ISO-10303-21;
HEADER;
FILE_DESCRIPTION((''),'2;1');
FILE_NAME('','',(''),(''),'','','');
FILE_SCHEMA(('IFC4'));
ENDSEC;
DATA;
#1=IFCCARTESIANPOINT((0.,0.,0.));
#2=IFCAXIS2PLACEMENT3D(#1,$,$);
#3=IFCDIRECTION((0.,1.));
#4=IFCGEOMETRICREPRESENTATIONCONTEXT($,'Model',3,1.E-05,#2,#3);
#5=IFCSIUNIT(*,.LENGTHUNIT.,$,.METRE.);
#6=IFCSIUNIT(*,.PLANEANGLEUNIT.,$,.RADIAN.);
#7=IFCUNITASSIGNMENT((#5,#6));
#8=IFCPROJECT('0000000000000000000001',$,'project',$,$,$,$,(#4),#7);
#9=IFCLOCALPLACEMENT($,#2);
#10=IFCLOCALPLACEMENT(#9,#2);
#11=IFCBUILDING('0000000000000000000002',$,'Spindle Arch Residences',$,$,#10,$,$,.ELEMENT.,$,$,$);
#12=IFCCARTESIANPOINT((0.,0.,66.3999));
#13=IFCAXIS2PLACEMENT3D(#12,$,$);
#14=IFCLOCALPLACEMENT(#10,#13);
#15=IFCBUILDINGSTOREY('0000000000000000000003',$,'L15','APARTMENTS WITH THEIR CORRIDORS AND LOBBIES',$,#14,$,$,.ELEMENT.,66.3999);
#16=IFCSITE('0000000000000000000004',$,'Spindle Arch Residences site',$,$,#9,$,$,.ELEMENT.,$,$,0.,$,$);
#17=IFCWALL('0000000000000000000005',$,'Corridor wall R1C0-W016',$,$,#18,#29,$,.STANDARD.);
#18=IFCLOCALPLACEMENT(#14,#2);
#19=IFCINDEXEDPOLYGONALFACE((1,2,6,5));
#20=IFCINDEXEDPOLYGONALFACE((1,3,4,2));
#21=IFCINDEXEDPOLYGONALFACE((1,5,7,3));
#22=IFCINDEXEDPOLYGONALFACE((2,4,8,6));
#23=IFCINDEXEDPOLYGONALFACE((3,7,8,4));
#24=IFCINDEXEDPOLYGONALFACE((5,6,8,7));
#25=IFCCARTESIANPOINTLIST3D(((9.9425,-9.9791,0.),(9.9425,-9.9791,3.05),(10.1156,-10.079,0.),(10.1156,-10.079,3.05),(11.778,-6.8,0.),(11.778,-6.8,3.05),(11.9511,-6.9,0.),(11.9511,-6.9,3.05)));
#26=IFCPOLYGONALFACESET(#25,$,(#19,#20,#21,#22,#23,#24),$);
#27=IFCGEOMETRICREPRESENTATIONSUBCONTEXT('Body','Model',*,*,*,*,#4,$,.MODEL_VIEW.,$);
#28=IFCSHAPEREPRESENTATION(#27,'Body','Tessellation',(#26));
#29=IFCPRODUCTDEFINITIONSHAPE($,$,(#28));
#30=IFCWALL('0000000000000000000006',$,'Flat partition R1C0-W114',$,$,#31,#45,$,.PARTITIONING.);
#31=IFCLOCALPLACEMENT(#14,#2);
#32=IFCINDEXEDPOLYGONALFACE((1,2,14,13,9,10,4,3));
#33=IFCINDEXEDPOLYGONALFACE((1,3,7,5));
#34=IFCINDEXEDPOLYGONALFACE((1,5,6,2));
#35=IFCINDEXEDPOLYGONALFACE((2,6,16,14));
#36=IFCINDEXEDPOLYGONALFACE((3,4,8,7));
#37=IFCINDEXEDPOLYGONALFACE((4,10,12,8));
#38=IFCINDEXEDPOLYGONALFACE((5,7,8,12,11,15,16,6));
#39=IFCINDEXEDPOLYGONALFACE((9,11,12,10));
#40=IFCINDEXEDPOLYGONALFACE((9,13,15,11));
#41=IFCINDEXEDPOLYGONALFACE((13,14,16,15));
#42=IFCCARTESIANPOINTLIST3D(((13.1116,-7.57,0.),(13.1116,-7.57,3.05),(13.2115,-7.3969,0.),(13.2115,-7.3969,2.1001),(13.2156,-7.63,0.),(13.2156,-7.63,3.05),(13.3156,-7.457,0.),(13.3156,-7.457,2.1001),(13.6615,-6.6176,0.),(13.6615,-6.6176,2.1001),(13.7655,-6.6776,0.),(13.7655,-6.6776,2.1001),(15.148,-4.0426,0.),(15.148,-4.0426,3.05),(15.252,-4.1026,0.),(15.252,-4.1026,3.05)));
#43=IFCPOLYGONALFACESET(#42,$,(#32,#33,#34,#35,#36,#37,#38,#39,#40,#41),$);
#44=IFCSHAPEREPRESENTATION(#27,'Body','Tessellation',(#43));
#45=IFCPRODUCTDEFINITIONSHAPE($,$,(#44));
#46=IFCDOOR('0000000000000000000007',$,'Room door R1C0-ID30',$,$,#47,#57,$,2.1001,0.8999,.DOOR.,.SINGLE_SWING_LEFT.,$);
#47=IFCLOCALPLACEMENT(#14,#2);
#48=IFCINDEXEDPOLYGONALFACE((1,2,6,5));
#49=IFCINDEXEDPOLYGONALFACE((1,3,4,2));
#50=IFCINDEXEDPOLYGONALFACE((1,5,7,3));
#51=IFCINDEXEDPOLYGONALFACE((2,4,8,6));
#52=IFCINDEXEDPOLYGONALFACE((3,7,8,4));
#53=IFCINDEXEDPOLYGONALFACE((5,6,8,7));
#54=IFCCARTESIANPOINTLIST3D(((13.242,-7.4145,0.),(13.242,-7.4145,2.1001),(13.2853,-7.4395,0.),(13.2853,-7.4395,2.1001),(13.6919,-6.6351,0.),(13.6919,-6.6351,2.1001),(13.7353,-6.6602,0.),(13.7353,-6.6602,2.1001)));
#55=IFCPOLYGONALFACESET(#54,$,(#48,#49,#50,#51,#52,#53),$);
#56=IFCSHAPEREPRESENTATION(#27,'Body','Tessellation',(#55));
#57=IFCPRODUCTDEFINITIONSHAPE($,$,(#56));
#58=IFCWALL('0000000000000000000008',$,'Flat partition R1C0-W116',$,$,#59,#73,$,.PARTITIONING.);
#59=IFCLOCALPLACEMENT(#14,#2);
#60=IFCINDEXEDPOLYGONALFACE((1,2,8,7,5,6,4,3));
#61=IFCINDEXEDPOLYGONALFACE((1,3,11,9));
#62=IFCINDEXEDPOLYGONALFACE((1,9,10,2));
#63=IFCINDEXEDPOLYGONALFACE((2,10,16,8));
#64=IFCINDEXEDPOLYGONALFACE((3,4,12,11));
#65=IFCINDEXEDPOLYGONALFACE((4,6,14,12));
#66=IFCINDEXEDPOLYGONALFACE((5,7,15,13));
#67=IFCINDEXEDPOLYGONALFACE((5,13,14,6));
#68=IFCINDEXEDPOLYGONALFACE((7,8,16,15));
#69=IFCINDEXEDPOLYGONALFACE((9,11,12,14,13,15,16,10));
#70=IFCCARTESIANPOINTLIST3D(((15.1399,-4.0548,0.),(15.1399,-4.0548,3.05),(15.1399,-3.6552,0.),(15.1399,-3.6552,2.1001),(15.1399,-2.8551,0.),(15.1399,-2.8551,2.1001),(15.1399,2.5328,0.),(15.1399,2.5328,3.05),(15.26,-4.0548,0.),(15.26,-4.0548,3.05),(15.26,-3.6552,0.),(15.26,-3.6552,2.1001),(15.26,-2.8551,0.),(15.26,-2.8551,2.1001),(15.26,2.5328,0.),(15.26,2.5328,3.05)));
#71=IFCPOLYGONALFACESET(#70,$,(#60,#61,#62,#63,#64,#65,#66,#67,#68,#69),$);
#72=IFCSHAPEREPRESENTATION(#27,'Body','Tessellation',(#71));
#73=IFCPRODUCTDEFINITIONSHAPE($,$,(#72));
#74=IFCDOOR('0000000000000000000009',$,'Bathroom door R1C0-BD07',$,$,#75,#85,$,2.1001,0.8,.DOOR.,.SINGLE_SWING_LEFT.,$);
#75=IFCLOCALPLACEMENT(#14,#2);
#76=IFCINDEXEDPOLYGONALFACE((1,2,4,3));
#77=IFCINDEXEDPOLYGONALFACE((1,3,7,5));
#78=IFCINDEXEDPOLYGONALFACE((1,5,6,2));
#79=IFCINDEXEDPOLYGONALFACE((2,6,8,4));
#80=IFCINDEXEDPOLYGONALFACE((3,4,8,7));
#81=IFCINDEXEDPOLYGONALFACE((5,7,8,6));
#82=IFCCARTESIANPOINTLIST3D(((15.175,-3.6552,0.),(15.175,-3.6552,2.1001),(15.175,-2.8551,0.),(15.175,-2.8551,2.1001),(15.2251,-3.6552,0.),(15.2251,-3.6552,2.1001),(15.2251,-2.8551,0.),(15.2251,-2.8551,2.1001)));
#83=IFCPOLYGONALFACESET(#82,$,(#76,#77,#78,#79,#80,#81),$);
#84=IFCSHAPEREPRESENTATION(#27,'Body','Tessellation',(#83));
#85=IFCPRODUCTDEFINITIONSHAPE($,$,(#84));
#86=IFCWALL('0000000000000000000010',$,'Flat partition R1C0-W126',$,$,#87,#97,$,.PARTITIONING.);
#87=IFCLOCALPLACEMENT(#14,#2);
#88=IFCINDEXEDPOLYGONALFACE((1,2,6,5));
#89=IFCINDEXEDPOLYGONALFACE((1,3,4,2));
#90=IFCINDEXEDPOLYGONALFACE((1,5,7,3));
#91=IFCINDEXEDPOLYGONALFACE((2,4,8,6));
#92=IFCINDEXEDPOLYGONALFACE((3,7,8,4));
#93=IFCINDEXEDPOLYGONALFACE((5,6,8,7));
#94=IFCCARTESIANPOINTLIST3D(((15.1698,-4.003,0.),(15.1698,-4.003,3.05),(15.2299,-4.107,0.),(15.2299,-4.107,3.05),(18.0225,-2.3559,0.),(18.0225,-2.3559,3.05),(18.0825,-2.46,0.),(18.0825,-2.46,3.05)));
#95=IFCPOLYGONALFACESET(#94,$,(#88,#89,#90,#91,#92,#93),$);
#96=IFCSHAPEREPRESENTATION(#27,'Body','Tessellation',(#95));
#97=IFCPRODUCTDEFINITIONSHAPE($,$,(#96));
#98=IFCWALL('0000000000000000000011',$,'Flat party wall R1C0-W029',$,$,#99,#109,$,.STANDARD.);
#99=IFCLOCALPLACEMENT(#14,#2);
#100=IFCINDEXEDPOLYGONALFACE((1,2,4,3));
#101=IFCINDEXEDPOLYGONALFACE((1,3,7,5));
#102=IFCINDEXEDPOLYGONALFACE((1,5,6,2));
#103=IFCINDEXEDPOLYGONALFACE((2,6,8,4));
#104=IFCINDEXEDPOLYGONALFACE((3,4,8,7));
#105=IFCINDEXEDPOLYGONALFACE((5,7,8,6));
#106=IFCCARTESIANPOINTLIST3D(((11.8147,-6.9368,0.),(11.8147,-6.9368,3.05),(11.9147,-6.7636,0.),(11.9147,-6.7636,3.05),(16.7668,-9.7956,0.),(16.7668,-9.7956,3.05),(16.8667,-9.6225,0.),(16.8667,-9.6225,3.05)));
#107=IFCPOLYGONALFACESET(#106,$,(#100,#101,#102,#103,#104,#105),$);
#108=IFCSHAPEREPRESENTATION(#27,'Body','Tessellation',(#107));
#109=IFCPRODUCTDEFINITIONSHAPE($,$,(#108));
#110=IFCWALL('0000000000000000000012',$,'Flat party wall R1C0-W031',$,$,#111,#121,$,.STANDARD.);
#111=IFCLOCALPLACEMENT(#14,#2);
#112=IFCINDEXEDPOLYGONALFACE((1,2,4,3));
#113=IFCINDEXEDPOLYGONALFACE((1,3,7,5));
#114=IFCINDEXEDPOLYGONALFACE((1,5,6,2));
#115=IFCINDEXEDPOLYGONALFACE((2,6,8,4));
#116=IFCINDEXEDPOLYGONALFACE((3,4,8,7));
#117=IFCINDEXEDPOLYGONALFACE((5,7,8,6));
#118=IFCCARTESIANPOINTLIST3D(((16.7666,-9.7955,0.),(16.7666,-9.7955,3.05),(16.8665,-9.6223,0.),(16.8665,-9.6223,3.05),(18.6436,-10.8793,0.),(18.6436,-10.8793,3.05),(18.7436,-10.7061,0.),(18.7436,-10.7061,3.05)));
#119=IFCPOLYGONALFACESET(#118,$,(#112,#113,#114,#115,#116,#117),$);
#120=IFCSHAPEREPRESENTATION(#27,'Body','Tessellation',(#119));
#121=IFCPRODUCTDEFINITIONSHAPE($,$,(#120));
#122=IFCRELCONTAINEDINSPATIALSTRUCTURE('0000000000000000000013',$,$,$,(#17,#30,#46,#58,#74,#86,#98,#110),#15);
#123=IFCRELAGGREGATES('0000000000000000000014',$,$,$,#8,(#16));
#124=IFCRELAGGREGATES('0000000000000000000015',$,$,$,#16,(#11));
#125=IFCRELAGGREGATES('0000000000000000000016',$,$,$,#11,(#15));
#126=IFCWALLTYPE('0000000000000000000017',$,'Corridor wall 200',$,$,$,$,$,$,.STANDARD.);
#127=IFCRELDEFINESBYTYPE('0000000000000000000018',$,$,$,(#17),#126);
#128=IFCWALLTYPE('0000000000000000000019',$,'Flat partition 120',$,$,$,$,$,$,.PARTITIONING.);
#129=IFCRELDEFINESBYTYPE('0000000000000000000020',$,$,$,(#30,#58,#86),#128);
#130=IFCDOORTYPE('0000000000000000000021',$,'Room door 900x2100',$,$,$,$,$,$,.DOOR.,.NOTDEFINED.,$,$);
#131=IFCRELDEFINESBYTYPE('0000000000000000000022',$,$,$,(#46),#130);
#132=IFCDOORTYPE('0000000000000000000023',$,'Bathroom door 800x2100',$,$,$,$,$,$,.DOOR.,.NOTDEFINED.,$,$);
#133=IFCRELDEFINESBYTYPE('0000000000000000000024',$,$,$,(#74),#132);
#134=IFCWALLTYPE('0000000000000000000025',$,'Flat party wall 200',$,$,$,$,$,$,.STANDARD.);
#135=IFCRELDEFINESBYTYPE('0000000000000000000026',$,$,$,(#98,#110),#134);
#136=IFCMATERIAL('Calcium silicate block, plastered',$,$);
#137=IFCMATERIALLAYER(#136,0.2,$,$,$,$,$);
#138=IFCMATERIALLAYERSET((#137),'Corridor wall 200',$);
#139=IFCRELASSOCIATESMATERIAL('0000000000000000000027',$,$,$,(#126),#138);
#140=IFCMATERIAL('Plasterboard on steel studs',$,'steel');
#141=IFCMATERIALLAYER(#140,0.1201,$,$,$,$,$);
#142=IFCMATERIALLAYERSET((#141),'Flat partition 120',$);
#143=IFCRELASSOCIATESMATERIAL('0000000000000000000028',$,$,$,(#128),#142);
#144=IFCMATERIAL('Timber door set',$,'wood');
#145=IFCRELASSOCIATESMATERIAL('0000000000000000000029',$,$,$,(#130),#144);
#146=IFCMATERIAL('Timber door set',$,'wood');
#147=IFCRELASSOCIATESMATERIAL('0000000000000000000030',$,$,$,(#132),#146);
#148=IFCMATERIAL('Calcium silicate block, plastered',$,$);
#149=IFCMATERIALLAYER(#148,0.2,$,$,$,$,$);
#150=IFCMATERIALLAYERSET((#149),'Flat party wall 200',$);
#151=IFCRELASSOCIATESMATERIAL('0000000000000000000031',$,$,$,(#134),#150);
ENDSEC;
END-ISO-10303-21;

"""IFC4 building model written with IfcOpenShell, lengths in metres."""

from ifc_helpers import new_model, si_unit, direction, frame, frame_2d, origin, place, context, subcontext, project, spatial, rectangle, extrude, material, layer, layer_set, type_object, element, fill, save


model = new_model("IFC4")

# Units and contexts
model_context = context("Model", 3, precision=1e-05, world=origin(), true_north=direction((0.0, 1.0)))
body_context = subcontext(model_context, "Body", "Model", "MODEL_VIEW")
ifc_project = project(units=[si_unit("LENGTHUNIT", "METRE"), si_unit("PLANEANGLEUNIT", "RADIAN")], contexts=[model_context])

# Site, building, storey
site_placement = place(None, origin())
site = spatial("IfcSite", under=ifc_project, at=site_placement, Name="Spindle Arch Residences site", CompositionType="ELEMENT", RefElevation=0.0)
building_placement = place(site_placement, origin())
building = spatial("IfcBuilding", under=site, at=building_placement, Name="Spindle Arch Residences", CompositionType="ELEMENT")
storey_placement = place(building_placement, frame((0.0, 0.0, 66.3999)))
storey = spatial("IfcBuildingStorey", under=building, at=storey_placement, Name="L15", Description="APARTMENTS WITH THEIR CORRIDORS AND LOBBIES", CompositionType="ELEMENT", Elevation=66.3999)

# Shared definitions
ifc_material_1 = material(Name="Calcium silicate block, plastered")
ifc_layer_1 = layer(ifc_material_1, 0.2)
ifc_layer_set_1 = layer_set([ifc_layer_1], Name="Corridor wall 200")
wall_type_1 = type_object("IfcWallType", Name="Corridor wall 200", PredefinedType="STANDARD", material=ifc_layer_set_1)

# Wall
wall_1_placement = place(storey_placement, frame((10.0291, -10.0291, 0.0), z_axis=(0.0, 0.0, 1.0), x_axis=(0.500016, 0.866016, 0.0)))
element("IfcWall", 1, at=wall_1_placement, inside=storey, type_object=wall_type_1, Name="Corridor wall R1C0-W016", PredefinedType="STANDARD", context=body_context, shape_type="SweptSolid", body=[
    extrude(rectangle(XDim=3.6709, YDim=0.2, at=frame_2d((1.8354, 0.0))), origin(), (0.0, 0.0, 1.0), 3.05),
])

# Walls, openings, doors
ifc_material_2 = material(Name="Plasterboard on steel studs", Category="steel")
ifc_layer_2 = layer(ifc_material_2, 0.1201)
ifc_layer_set_2 = layer_set([ifc_layer_2], Name="Flat partition 120")
wall_type_2 = type_object("IfcWallType", Name="Flat partition 120", PredefinedType="PARTITIONING", material=ifc_layer_set_2)
wall_2_placement = place(storey_placement, frame((13.1636, -7.6001, 0.0), z_axis=(0.0, 0.0, 1.0), x_axis=(0.499975, 0.86604, 0.0)))
wall_2 = element("IfcWall", 2, at=wall_2_placement, inside=storey, type_object=wall_type_2, Name="Flat partition R1C0-W114", PredefinedType="PARTITIONING", context=body_context, shape_type="SweptSolid", body=[
    extrude(rectangle(XDim=4.073, YDim=0.1201, at=frame_2d((2.0366, 0.0))), origin(), (0.0, 0.0, 1.0), 3.05),
])
opening_1_placement = place(wall_2_placement, frame((0.2, 0.0, 0.0)))
opening_1 = element("IfcOpeningElement", 3, at=opening_1_placement, cuts=wall_2, PredefinedType="OPENING", context=body_context, shape_type="SweptSolid", body=[
    extrude(rectangle(XDim=0.8999, YDim=2.1001, at=frame_2d((0.45, 1.05))), frame((0.0, 0.0701, 0.0), z_axis=(0.0, -1.0, 0.0), x_axis=(1.0, 0.0, 0.0)), (0.0, 0.0, 1.0), 0.1401),
])
ifc_material_3 = material(Name="Timber door set", Category="wood")
door_type_1 = type_object("IfcDoorType", Name="Room door 900x2100", OperationType="NOTDEFINED", PredefinedType="DOOR", material=ifc_material_3)
door_1_placement = place(opening_1_placement, origin())
door_1 = element("IfcDoor", 4, at=door_1_placement, inside=storey, type_object=door_type_1, Name="Room door R1C0-ID30", OperationType="SINGLE_SWING_LEFT", OverallHeight=2.1001, OverallWidth=0.8999, PredefinedType="DOOR", context=body_context, shape_type="SweptSolid", body=[
    extrude(rectangle(XDim=0.8999, YDim=2.1001, at=frame_2d((0.45, 1.05))), frame((0.0, 0.0249, 0.0), z_axis=(0.0, -1.0, 0.0), x_axis=(1.0, 0.0, 0.0)), (0.0, 0.0, 1.0), 0.05),
])
fill(opening_1, door_1)
wall_3_placement = place(storey_placement, frame((15.2, -4.0549, 0.0), z_axis=(0.0, 0.0, 1.0), x_axis=(0.0, 1.0, 0.0)))
wall_3 = element("IfcWall", 5, at=wall_3_placement, inside=storey, type_object=wall_type_2, Name="Flat partition R1C0-W116", PredefinedType="PARTITIONING", context=body_context, shape_type="SweptSolid", body=[
    extrude(rectangle(XDim=6.5876, YDim=0.1201, at=frame_2d((3.2939, 0.0))), origin(), (0.0, 0.0, 1.0), 3.05),
])
opening_2_placement = place(wall_3_placement, frame((0.3999, 0.0, 0.0)))
opening_2 = element("IfcOpeningElement", 6, at=opening_2_placement, cuts=wall_3, PredefinedType="OPENING", context=body_context, shape_type="SweptSolid", body=[
    extrude(rectangle(XDim=0.8, YDim=2.1001, at=frame_2d((0.3999, 1.05))), frame((0.0, 0.0701, 0.0), z_axis=(0.0, -1.0, 0.0), x_axis=(1.0, 0.0, 0.0)), (0.0, 0.0, 1.0), 0.1401),
])
ifc_material_4 = material(Name="Timber door set", Category="wood")
door_type_2 = type_object("IfcDoorType", Name="Bathroom door 800x2100", OperationType="NOTDEFINED", PredefinedType="DOOR", material=ifc_material_4)
door_2_placement = place(opening_2_placement, origin())
door_2 = element("IfcDoor", 7, at=door_2_placement, inside=storey, type_object=door_type_2, Name="Bathroom door R1C0-BD07", OperationType="SINGLE_SWING_LEFT", OverallHeight=2.1001, OverallWidth=0.8, PredefinedType="DOOR", context=body_context, shape_type="SweptSolid", body=[
    extrude(rectangle(XDim=0.8, YDim=2.1001, at=frame_2d((0.3999, 1.05))), frame((0.0, 0.0249, 0.0), z_axis=(0.0, -1.0, 0.0), x_axis=(1.0, 0.0, 0.0)), (0.0, 0.0, 1.0), 0.05),
])
fill(opening_2, door_2)

# Walls
wall_4_placement = place(storey_placement, frame((18.0525, -2.408, 0.0), z_axis=(0.0, 0.0, 1.0), x_axis=(-0.866018, -0.500013, 0.0)))
element("IfcWall", 8, at=wall_4_placement, inside=storey, type_object=wall_type_2, Name="Flat partition R1C0-W126", PredefinedType="PARTITIONING", context=body_context, shape_type="SweptSolid", body=[
    extrude(rectangle(XDim=3.2939, YDim=0.1201, at=frame_2d((1.647, 0.0))), origin(), (0.0, 0.0, 1.0), 3.05),
])
ifc_material_5 = material(Name="Calcium silicate block, plastered")
ifc_layer_3 = layer(ifc_material_5, 0.2)
ifc_layer_set_3 = layer_set([ifc_layer_3], Name="Flat party wall 200")
wall_type_3 = type_object("IfcWallType", Name="Flat party wall 200", PredefinedType="STANDARD", material=ifc_layer_set_3)
wall_5_placement = place(storey_placement, frame((16.8167, -9.709, 0.0), z_axis=(0.0, 0.0, 1.0), x_axis=(-0.866043, 0.499969, 0.0)))
element("IfcWall", 9, at=wall_5_placement, inside=storey, type_object=wall_type_3, Name="Flat party wall R1C0-W029", PredefinedType="STANDARD", context=body_context, shape_type="SweptSolid", body=[
    extrude(rectangle(XDim=5.718, YDim=0.2, at=frame_2d((2.8589, 0.0))), origin(), (0.0, 0.0, 1.0), 3.05),
])
wall_6_placement = place(storey_placement, frame((18.6936, -10.7927, 0.0), z_axis=(0.0, 0.0, 1.0), x_axis=(-0.866009, 0.500028, 0.0)))
element("IfcWall", 10, at=wall_6_placement, inside=storey, type_object=wall_type_3, Name="Flat party wall R1C0-W031", PredefinedType="STANDARD", context=body_context, shape_type="SweptSolid", body=[
    extrude(rectangle(XDim=2.1675, YDim=0.2, at=frame_2d((1.0837, 0.0))), origin(), (0.0, 0.0, 1.0), 3.05),
])

save(model, "model.ifc")
